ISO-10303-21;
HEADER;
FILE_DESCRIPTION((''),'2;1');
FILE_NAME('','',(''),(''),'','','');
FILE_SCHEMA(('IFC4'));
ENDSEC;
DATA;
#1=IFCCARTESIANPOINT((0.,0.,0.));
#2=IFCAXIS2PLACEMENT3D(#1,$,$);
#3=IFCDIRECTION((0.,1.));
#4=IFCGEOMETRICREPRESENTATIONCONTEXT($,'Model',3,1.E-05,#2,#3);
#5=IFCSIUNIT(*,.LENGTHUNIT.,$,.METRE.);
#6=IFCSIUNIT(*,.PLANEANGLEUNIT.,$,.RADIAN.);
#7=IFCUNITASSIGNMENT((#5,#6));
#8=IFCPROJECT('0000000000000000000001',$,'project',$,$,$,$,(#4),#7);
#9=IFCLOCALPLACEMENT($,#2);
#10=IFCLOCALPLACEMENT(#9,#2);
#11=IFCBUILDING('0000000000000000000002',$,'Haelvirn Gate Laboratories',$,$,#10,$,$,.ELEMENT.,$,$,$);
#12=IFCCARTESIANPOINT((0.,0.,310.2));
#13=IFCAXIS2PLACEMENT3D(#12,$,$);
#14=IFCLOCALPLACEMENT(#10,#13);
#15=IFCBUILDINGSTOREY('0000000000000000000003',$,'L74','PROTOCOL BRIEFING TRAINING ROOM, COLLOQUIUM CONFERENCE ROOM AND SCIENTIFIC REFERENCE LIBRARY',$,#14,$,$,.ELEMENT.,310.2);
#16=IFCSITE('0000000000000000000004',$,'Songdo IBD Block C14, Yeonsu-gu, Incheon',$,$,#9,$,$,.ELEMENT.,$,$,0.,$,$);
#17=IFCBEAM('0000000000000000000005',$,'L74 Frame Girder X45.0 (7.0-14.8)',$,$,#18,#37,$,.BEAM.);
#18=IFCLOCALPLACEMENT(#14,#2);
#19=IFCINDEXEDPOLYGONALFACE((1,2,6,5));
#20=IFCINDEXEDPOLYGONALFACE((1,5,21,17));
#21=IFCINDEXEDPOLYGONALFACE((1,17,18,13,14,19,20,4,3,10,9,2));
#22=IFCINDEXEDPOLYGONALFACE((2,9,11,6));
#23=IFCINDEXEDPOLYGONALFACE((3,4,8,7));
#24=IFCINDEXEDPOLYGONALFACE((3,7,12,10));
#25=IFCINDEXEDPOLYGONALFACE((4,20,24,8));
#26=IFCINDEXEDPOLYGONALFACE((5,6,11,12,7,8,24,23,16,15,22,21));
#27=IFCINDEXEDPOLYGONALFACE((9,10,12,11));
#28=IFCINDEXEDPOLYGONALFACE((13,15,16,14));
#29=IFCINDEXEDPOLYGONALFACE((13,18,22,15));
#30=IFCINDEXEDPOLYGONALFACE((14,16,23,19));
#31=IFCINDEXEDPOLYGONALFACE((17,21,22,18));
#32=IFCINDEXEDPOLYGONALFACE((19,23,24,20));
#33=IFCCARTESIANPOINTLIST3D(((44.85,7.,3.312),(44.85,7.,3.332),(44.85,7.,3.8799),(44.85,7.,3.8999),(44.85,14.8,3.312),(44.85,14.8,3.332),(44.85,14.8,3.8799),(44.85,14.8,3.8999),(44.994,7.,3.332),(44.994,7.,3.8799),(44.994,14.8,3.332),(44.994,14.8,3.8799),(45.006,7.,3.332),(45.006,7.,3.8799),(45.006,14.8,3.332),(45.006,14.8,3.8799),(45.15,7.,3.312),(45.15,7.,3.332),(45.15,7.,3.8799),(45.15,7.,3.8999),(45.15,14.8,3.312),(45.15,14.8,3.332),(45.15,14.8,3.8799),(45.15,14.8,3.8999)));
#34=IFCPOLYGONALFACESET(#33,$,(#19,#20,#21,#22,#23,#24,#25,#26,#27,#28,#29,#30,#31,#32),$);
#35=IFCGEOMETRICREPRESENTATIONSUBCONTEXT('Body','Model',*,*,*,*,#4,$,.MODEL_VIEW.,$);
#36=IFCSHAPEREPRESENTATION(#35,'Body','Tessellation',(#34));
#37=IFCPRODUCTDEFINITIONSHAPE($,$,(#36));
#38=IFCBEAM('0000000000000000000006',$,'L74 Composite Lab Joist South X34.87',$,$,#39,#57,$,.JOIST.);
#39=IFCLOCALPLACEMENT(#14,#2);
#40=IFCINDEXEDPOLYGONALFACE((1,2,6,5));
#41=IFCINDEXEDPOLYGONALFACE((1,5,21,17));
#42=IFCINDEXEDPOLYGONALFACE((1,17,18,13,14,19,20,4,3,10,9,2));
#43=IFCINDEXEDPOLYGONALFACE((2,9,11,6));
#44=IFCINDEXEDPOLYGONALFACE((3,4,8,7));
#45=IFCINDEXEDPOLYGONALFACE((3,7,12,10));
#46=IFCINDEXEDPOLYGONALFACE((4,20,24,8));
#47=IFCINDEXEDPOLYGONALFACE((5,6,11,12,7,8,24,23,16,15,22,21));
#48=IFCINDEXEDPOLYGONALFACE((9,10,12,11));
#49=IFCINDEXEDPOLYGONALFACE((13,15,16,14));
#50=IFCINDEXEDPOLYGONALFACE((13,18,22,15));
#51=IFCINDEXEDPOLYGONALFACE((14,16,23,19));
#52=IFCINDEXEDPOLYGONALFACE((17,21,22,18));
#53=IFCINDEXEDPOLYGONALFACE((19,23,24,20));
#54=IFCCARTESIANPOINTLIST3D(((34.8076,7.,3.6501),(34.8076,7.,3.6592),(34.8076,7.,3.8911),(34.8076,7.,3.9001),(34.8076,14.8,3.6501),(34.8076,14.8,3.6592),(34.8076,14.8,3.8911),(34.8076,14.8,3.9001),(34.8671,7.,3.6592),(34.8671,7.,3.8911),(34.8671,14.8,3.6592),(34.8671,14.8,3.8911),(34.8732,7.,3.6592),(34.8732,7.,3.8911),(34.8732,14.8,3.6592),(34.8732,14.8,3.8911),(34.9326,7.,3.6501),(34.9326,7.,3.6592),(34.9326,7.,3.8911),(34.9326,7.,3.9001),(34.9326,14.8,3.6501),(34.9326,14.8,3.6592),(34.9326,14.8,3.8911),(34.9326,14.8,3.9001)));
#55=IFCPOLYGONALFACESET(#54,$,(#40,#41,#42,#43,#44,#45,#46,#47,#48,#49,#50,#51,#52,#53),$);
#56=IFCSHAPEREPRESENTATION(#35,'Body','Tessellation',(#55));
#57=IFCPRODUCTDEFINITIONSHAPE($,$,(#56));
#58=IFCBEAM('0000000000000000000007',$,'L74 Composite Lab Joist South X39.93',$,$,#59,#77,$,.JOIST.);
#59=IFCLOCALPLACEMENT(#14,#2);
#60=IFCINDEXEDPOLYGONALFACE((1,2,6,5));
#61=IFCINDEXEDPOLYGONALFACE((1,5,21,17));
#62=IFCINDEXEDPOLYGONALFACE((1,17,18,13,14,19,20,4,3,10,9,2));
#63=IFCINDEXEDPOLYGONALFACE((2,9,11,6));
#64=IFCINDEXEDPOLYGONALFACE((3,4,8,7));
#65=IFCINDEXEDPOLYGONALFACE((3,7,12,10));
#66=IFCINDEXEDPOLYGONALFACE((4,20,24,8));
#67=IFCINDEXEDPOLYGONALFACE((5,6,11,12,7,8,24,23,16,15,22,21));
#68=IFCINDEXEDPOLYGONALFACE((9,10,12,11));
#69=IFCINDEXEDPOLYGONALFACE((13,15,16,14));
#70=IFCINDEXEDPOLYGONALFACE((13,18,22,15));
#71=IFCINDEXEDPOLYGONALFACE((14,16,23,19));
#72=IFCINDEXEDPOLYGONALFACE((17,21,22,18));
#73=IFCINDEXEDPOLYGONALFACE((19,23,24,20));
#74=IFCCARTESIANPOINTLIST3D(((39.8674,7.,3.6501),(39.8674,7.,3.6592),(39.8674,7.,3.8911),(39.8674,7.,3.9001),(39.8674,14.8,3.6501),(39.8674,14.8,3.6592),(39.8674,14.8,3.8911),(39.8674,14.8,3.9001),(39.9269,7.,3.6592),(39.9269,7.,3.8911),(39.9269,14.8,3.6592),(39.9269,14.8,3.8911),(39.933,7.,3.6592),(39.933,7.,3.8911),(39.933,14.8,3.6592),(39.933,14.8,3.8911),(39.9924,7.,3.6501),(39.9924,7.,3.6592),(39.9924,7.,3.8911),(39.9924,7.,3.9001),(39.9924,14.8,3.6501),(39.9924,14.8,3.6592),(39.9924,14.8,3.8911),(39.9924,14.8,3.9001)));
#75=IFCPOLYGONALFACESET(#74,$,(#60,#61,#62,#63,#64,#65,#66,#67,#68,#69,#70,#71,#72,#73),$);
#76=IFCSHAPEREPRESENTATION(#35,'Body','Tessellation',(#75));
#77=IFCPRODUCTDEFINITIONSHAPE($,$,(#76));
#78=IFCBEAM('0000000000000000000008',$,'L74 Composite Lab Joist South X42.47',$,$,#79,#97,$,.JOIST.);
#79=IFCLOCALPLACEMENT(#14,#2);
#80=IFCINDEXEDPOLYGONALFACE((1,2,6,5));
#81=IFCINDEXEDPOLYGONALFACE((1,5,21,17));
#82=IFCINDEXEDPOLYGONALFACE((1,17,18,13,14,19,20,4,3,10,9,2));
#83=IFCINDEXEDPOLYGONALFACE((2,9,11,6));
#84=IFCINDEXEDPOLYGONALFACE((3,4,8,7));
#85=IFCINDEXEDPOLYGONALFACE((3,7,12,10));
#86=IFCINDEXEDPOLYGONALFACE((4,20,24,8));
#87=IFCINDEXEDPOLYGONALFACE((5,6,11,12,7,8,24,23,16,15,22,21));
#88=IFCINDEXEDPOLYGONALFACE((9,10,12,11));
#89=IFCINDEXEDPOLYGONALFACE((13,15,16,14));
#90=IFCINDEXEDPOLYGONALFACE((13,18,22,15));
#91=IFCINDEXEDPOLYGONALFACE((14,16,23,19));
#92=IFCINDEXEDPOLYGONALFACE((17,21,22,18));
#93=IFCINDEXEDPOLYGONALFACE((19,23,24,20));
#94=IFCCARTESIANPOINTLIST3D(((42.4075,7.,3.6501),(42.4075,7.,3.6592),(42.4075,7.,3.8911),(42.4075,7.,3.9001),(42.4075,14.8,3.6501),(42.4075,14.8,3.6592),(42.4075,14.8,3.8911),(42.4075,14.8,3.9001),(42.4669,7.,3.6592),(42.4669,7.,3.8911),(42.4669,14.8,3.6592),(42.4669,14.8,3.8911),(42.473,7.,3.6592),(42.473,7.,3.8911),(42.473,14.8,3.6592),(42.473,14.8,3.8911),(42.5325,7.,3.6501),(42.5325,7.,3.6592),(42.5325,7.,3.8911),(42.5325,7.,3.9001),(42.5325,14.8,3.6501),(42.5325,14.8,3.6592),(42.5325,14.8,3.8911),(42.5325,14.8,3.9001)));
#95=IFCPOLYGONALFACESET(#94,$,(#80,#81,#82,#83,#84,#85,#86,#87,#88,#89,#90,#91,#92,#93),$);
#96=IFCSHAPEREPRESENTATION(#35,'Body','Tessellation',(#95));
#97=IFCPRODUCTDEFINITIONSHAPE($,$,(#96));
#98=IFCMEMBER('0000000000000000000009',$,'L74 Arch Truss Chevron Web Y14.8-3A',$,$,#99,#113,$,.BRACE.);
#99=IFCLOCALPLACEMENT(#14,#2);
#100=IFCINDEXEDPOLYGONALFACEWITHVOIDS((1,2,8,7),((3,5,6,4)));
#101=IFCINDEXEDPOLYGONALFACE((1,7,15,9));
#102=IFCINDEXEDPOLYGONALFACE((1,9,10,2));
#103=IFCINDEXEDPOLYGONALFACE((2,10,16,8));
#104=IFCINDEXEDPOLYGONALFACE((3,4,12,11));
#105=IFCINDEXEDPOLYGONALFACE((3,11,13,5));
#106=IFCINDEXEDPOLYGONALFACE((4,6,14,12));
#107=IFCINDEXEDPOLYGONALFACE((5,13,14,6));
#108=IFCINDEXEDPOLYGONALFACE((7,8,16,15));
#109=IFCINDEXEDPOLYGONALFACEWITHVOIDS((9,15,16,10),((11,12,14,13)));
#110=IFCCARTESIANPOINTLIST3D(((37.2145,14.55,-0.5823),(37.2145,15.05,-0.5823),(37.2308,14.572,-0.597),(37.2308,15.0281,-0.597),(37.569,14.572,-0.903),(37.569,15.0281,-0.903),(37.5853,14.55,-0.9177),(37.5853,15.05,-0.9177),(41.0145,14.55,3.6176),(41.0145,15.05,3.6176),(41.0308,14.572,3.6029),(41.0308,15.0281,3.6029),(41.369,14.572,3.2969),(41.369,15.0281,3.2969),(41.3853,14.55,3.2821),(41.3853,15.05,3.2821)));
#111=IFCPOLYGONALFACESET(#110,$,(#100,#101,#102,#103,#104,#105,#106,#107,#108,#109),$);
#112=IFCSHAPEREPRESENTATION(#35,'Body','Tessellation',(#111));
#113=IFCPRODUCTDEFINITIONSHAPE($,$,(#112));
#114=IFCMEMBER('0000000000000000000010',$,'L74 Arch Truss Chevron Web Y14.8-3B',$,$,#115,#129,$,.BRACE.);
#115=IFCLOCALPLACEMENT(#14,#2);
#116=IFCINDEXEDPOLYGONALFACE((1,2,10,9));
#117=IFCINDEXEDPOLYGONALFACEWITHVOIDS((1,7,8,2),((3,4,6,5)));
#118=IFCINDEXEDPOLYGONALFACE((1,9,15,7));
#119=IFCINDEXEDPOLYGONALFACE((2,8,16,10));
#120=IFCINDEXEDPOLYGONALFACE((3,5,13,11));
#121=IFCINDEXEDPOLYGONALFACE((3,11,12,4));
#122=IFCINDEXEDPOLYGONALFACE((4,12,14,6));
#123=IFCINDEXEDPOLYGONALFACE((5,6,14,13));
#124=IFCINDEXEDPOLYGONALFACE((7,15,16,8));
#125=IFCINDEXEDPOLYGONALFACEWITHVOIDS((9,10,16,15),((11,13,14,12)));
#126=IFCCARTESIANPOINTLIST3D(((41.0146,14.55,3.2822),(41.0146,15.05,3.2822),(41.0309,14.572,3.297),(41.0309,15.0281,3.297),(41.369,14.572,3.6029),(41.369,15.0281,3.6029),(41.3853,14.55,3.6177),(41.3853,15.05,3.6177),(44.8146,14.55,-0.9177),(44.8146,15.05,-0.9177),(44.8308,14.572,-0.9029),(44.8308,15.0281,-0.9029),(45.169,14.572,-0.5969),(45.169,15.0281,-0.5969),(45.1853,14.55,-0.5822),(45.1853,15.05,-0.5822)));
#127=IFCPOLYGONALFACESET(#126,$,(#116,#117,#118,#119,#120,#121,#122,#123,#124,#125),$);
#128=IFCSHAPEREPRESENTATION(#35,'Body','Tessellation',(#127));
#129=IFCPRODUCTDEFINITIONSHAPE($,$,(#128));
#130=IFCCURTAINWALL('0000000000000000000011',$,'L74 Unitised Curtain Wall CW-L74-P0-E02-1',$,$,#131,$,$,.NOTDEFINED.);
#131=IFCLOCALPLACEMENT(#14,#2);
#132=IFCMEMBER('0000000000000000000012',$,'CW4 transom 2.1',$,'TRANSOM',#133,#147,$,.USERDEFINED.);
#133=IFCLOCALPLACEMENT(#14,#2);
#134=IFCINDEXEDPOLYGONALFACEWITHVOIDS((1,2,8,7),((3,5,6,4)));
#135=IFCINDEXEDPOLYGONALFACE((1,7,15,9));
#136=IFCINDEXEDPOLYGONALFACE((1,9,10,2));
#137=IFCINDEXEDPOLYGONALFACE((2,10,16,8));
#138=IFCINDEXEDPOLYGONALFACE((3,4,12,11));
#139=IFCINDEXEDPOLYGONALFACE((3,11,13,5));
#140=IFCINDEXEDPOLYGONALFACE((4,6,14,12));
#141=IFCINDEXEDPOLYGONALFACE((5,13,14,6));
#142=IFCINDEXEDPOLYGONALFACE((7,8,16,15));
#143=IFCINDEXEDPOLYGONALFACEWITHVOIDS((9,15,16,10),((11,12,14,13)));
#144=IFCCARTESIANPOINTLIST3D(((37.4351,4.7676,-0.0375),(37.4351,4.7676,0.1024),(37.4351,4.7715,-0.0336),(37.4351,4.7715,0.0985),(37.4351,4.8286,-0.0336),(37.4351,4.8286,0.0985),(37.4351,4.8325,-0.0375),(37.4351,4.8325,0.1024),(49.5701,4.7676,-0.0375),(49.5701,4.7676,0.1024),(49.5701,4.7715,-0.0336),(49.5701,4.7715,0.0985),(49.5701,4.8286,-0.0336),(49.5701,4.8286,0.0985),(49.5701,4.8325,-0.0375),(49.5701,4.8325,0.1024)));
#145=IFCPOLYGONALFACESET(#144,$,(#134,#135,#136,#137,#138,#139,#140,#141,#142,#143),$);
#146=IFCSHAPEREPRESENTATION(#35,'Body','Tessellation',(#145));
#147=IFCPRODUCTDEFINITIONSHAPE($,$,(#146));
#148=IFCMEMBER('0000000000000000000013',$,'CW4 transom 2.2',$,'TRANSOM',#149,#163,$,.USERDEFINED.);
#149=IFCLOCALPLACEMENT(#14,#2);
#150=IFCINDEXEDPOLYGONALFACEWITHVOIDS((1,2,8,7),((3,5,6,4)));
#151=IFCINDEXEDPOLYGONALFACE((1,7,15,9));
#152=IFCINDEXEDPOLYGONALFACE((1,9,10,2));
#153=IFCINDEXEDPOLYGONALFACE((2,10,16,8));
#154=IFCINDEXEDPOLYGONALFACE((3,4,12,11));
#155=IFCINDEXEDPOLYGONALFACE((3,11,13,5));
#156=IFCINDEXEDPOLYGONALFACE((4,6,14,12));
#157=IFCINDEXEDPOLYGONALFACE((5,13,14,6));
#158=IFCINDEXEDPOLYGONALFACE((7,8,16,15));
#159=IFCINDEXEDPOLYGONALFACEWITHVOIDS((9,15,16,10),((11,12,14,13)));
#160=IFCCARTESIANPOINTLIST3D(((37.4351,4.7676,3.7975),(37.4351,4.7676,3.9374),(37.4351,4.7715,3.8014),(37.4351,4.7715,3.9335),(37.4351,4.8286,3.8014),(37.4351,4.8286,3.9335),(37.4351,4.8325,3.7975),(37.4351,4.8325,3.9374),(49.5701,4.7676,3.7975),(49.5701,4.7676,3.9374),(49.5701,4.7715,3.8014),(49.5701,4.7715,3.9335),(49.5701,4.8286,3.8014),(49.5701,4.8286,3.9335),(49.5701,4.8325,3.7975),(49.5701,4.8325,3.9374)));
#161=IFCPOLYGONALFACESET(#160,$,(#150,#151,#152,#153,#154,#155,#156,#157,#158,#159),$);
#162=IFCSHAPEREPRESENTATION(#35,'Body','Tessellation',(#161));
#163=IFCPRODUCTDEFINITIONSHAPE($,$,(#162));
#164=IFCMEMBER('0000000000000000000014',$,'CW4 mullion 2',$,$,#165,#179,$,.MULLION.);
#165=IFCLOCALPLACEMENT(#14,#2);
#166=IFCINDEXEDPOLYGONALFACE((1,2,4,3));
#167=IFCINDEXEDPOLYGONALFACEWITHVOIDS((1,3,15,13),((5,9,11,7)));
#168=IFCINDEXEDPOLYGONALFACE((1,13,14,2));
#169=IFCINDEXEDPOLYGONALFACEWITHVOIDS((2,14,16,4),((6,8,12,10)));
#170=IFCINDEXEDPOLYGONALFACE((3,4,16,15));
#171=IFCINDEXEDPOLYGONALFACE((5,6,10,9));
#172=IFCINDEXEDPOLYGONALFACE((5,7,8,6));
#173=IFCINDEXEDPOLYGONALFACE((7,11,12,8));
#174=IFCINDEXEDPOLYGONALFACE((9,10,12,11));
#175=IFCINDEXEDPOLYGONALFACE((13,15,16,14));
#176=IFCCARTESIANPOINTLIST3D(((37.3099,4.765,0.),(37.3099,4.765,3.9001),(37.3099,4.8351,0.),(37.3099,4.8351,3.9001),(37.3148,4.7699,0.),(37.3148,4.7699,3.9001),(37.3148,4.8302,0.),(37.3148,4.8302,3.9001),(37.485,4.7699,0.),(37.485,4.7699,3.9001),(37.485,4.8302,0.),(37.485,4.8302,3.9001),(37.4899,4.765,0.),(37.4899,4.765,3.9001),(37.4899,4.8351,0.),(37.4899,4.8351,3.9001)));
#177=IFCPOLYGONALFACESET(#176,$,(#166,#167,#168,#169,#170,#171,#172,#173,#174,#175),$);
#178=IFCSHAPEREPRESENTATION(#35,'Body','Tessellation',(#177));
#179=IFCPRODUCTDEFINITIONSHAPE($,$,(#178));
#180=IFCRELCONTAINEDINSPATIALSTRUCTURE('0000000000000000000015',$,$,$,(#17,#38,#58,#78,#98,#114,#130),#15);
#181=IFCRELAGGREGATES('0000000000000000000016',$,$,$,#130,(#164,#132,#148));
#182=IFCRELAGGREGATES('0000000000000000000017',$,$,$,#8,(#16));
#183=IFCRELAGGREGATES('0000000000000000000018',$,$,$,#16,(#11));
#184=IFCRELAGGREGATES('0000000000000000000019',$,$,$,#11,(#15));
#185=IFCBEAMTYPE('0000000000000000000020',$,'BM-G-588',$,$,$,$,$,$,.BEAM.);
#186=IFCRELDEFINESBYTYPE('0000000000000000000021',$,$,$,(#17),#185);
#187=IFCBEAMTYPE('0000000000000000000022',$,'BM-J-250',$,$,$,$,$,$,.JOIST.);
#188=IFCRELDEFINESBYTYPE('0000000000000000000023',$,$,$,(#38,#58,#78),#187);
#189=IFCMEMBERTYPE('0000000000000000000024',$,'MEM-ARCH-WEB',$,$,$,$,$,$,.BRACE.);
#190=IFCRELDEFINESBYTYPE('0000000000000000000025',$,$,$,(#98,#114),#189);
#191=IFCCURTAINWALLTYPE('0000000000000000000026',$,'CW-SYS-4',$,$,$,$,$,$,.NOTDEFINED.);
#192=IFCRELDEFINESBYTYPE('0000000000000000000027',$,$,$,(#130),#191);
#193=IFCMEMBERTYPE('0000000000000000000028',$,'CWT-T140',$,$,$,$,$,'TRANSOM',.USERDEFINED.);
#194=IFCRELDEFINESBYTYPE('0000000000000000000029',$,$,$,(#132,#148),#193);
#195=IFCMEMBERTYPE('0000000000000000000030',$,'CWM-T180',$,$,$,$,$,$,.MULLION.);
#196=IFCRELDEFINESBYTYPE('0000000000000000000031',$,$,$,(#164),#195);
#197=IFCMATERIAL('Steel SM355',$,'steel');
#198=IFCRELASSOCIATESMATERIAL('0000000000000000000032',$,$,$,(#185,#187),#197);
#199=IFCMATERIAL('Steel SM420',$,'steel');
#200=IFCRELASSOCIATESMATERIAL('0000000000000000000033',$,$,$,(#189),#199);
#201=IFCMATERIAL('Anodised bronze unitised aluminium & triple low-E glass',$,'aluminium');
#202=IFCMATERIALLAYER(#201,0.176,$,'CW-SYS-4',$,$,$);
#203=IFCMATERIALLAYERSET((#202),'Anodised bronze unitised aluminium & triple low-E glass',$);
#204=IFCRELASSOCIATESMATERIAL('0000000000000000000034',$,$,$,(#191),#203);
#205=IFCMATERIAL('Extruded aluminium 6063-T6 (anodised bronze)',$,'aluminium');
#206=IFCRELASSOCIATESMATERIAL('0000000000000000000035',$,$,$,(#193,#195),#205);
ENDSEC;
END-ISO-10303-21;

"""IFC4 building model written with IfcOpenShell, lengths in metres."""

from ifc_helpers import new_model, si_unit, direction, frame, origin, origin_2d, place, context, subcontext, project, spatial, hollow_rectangle, i_section, extrude, source, transform, mapped, material, layer, layer_set, material_profile, profile_set, type_object, type_shapes, element, aggregate, save


model = new_model("IFC4")

# Units and contexts
model_context = context("Model", 3, precision=1e-05, world=origin(), true_north=direction((0.0, 1.0)))
body_context = subcontext(model_context, "Body", "Model", "MODEL_VIEW")
ifc_project = project(units=[si_unit("LENGTHUNIT", "METRE"), si_unit("PLANEANGLEUNIT", "RADIAN")], contexts=[model_context])

# Site, building, storey
site_placement = place(None, origin())
site = spatial("IfcSite", under=ifc_project, at=site_placement, Name="Songdo IBD Block C14, Yeonsu-gu, Incheon", CompositionType="ELEMENT", RefElevation=0.0)
building_placement = place(site_placement, origin())
building = spatial("IfcBuilding", under=site, at=building_placement, Name="Haelvirn Gate Laboratories", CompositionType="ELEMENT")
storey_placement = place(building_placement, frame((0.0, 0.0, 310.2)))
storey = spatial("IfcBuildingStorey", under=building, at=storey_placement, Name="L74", Description="PROTOCOL BRIEFING TRAINING ROOM, COLLOQUIUM CONFERENCE ROOM AND SCIENTIFIC REFERENCE LIBRARY", CompositionType="ELEMENT", Elevation=310.2)

# Shared definitions
ifc_material_1 = material(Name="Steel SM355", Category="steel")

# Beams
ifc_material_2 = material(Name="Steel SM420", Category="steel")
ifc_material_profile_1 = material_profile(ifc_material_1, i_section(OverallWidth=0.3, OverallDepth=0.5879, WebThickness=0.012, FlangeThickness=0.02, at=origin_2d()), Name="H-588x300x12x20")
ifc_profile_set_1 = profile_set([ifc_material_profile_1], Name="Steel SM355")
beam_type_1 = type_object("IfcBeamType", Name="BM-G-588", PredefinedType="BEAM", material=ifc_profile_set_1)
shared_shape_1 = source(origin(), body_context, "Body", "SweptSolid", [
    extrude(i_section(OverallWidth=0.3, OverallDepth=0.5879, WebThickness=0.012, FlangeThickness=0.02, at=origin_2d()), origin(), (0.0, 0.0, 1.0), 7.8),
])
type_shapes(beam_type_1, [shared_shape_1])
for number, where, z_axis, x_axis, name in (
    (1, (45.0, 7.0, 3.606), (0.0, 1.0, 0.0), (-1.0, 0.0, 0.0), "L74 Frame Girder X45.0 (7.0-14.8)"),
):
    element("IfcBeam", number, at=place(storey_placement, frame(where, z_axis=z_axis, x_axis=x_axis)), inside=storey, type_object=beam_type_1, Name=name, PredefinedType="BEAM", context=body_context, shape_type="MappedRepresentation", body=[
        mapped(shared_shape_1, transform((0.0, 0.0, 0.0), scale=1.0)),
    ])
ifc_material_profile_2 = material_profile(ifc_material_1, i_section(OverallWidth=0.125, OverallDepth=0.25, WebThickness=0.0061, FlangeThickness=0.009, at=origin_2d()), Name="H-250x125x6x9")
ifc_profile_set_2 = profile_set([ifc_material_profile_2], Name="Steel SM355")
beam_type_2 = type_object("IfcBeamType", Name="BM-J-250", PredefinedType="JOIST", material=ifc_profile_set_2)
shared_shape_2 = source(origin(), body_context, "Body", "SweptSolid", [
    extrude(i_section(OverallWidth=0.125, OverallDepth=0.25, WebThickness=0.0061, FlangeThickness=0.009, at=origin_2d()), origin(), (0.0, 0.0, 1.0), 7.8),
])
type_shapes(beam_type_2, [shared_shape_2])
for number, where, z_axis, x_axis, name in (
    (2, (34.8701, 7.0, 3.7751), (0.0, 1.0, 0.0), (-1.0, 0.0, 0.0), "L74 Composite Lab Joist South X34.87"),
    (3, (39.9299, 7.0, 3.7751), (0.0, 1.0, 0.0), (-1.0, 0.0, 0.0), "L74 Composite Lab Joist South X39.93"),
    (4, (42.47, 7.0, 3.7751), (0.0, 1.0, 0.0), (-1.0, 0.0, 0.0), "L74 Composite Lab Joist South X42.47"),
):
    element("IfcBeam", number, at=place(storey_placement, frame(where, z_axis=z_axis, x_axis=x_axis)), inside=storey, type_object=beam_type_2, Name=name, PredefinedType="JOIST", context=body_context, shape_type="MappedRepresentation", body=[
        mapped(shared_shape_2, transform((0.0, 0.0, 0.0), scale=1.0)),
    ])

# Members
ifc_material_profile_3 = material_profile(ifc_material_2, hollow_rectangle(XDim=0.5, YDim=0.5, WallThickness=0.022, at=origin_2d()), Name="BOX-500x500x22")
ifc_profile_set_3 = profile_set([ifc_material_profile_3], Name="Steel SM420")
member_type_1 = type_object("IfcMemberType", Name="MEM-ARCH-WEB", PredefinedType="BRACE", material=ifc_profile_set_3)
shared_shape_3 = source(origin(), body_context, "Body", "SweptSolid", [
    extrude(hollow_rectangle(XDim=0.5, YDim=0.5, WallThickness=0.022, at=origin_2d()), origin(), (0.0, 0.0, 1.0), 5.6638),
])
type_shapes(member_type_1, [shared_shape_3])
for number, where, z_axis, x_axis, name in (
    (5, (37.3999, 14.8, -0.75), (0.670922, 0.0, 0.741528), (0.0, 1.0, 0.0), "L74 Arch Truss Chevron Web Y14.8-3A"),
    (6, (41.2, 14.8, 3.45), (0.670922, 0.0, -0.741528), (0.0, 1.0, 0.0), "L74 Arch Truss Chevron Web Y14.8-3B"),
):
    element("IfcMember", number, at=place(storey_placement, frame(where, z_axis=z_axis, x_axis=x_axis)), inside=storey, type_object=member_type_1, Name=name, PredefinedType="BRACE", context=body_context, shape_type="MappedRepresentation", body=[
        mapped(shared_shape_3, transform((0.0, 0.0, 0.0), scale=1.0)),
    ])

# Curtain wall, members
ifc_material_3 = material(Name="Anodised bronze unitised aluminium & triple low-E glass", Category="aluminium")
ifc_layer_1 = layer(ifc_material_3, 0.176, Name="CW-SYS-4")
ifc_layer_set_1 = layer_set([ifc_layer_1], Name="Anodised bronze unitised aluminium & triple low-E glass")
curtain_wall_type = type_object("IfcCurtainWallType", Name="CW-SYS-4", PredefinedType="NOTDEFINED", material=ifc_layer_set_1)
curtain_wall_placement = place(storey_placement, origin())
curtain_wall = element("IfcCurtainWall", 7, at=curtain_wall_placement, inside=storey, type_object=curtain_wall_type, Name="L74 Unitised Curtain Wall CW-L74-P0-E02-1", PredefinedType="NOTDEFINED")
ifc_material_4 = material(Name="Extruded aluminium 6063-T6 (anodised bronze)", Category="aluminium")
ifc_material_profile_4 = material_profile(ifc_material_4, hollow_rectangle(XDim=0.0649, YDim=0.1399, WallThickness=0.0039, at=origin_2d()), Name="CWT-140x65x4")
ifc_profile_set_4 = profile_set([ifc_material_profile_4], Name="Extruded aluminium 6063-T6 (anodised bronze)")
member_type_2 = type_object("IfcMemberType", Name="CWT-T140", ElementType="TRANSOM", PredefinedType="USERDEFINED", material=ifc_profile_set_4)
shared_shape_4 = source(origin(), body_context, "Body", "SweptSolid", [
    extrude(hollow_rectangle(XDim=0.0649, YDim=0.1399, WallThickness=0.0039, at=origin_2d()), origin(), (0.0, 0.0, 1.0), 12.135),
])
type_shapes(member_type_2, [shared_shape_4])
member_1_placement = place(storey_placement, frame((37.4351, 4.8, 0.0325), z_axis=(1.0, 0.0, 0.0), x_axis=(0.0, 1.0, 0.0)))
member_1 = element("IfcMember", 8, at=member_1_placement, type_object=member_type_2, Name="CW4 transom 2.1", ObjectType="TRANSOM", PredefinedType="USERDEFINED", context=body_context, shape_type="MappedRepresentation", body=[
    mapped(shared_shape_4, transform((0.0, 0.0, 0.0), scale=1.0)),
])
member_2_placement = place(storey_placement, frame((37.4351, 4.8, 3.8674), z_axis=(1.0, 0.0, 0.0), x_axis=(0.0, 1.0, 0.0)))
member_2 = element("IfcMember", 9, at=member_2_placement, type_object=member_type_2, Name="CW4 transom 2.2", ObjectType="TRANSOM", PredefinedType="USERDEFINED", context=body_context, shape_type="MappedRepresentation", body=[
    mapped(shared_shape_4, transform((0.0, 0.0, 0.0), scale=1.0)),
])
ifc_material_profile_5 = material_profile(ifc_material_4, hollow_rectangle(XDim=0.0701, YDim=0.1799, WallThickness=0.0049, at=origin_2d()), Name="CWM-180x70x5")
ifc_profile_set_5 = profile_set([ifc_material_profile_5], Name="Extruded aluminium 6063-T6 (anodised bronze)")
member_type_3 = type_object("IfcMemberType", Name="CWM-T180", PredefinedType="MULLION", material=ifc_profile_set_5)
shared_shape_5 = source(origin(), body_context, "Body", "SweptSolid", [
    extrude(hollow_rectangle(XDim=0.0701, YDim=0.1799, WallThickness=0.0049, at=origin_2d()), origin(), (0.0, 0.0, 1.0), 3.9001),
])
type_shapes(member_type_3, [shared_shape_5])
member_3_placement = place(storey_placement, frame((37.3999, 4.8, 0.0), z_axis=(0.0, 0.0, 1.0), x_axis=(0.0, 1.0, 0.0)))
member_3 = element("IfcMember", 10, at=member_3_placement, type_object=member_type_3, Name="CW4 mullion 2", PredefinedType="MULLION", context=body_context, shape_type="MappedRepresentation", body=[
    mapped(shared_shape_5, transform((0.0, 0.0, 0.0), scale=1.0)),
])

aggregate(curtain_wall, [member_3, member_1, member_2])

save(model, "model.ifc")
